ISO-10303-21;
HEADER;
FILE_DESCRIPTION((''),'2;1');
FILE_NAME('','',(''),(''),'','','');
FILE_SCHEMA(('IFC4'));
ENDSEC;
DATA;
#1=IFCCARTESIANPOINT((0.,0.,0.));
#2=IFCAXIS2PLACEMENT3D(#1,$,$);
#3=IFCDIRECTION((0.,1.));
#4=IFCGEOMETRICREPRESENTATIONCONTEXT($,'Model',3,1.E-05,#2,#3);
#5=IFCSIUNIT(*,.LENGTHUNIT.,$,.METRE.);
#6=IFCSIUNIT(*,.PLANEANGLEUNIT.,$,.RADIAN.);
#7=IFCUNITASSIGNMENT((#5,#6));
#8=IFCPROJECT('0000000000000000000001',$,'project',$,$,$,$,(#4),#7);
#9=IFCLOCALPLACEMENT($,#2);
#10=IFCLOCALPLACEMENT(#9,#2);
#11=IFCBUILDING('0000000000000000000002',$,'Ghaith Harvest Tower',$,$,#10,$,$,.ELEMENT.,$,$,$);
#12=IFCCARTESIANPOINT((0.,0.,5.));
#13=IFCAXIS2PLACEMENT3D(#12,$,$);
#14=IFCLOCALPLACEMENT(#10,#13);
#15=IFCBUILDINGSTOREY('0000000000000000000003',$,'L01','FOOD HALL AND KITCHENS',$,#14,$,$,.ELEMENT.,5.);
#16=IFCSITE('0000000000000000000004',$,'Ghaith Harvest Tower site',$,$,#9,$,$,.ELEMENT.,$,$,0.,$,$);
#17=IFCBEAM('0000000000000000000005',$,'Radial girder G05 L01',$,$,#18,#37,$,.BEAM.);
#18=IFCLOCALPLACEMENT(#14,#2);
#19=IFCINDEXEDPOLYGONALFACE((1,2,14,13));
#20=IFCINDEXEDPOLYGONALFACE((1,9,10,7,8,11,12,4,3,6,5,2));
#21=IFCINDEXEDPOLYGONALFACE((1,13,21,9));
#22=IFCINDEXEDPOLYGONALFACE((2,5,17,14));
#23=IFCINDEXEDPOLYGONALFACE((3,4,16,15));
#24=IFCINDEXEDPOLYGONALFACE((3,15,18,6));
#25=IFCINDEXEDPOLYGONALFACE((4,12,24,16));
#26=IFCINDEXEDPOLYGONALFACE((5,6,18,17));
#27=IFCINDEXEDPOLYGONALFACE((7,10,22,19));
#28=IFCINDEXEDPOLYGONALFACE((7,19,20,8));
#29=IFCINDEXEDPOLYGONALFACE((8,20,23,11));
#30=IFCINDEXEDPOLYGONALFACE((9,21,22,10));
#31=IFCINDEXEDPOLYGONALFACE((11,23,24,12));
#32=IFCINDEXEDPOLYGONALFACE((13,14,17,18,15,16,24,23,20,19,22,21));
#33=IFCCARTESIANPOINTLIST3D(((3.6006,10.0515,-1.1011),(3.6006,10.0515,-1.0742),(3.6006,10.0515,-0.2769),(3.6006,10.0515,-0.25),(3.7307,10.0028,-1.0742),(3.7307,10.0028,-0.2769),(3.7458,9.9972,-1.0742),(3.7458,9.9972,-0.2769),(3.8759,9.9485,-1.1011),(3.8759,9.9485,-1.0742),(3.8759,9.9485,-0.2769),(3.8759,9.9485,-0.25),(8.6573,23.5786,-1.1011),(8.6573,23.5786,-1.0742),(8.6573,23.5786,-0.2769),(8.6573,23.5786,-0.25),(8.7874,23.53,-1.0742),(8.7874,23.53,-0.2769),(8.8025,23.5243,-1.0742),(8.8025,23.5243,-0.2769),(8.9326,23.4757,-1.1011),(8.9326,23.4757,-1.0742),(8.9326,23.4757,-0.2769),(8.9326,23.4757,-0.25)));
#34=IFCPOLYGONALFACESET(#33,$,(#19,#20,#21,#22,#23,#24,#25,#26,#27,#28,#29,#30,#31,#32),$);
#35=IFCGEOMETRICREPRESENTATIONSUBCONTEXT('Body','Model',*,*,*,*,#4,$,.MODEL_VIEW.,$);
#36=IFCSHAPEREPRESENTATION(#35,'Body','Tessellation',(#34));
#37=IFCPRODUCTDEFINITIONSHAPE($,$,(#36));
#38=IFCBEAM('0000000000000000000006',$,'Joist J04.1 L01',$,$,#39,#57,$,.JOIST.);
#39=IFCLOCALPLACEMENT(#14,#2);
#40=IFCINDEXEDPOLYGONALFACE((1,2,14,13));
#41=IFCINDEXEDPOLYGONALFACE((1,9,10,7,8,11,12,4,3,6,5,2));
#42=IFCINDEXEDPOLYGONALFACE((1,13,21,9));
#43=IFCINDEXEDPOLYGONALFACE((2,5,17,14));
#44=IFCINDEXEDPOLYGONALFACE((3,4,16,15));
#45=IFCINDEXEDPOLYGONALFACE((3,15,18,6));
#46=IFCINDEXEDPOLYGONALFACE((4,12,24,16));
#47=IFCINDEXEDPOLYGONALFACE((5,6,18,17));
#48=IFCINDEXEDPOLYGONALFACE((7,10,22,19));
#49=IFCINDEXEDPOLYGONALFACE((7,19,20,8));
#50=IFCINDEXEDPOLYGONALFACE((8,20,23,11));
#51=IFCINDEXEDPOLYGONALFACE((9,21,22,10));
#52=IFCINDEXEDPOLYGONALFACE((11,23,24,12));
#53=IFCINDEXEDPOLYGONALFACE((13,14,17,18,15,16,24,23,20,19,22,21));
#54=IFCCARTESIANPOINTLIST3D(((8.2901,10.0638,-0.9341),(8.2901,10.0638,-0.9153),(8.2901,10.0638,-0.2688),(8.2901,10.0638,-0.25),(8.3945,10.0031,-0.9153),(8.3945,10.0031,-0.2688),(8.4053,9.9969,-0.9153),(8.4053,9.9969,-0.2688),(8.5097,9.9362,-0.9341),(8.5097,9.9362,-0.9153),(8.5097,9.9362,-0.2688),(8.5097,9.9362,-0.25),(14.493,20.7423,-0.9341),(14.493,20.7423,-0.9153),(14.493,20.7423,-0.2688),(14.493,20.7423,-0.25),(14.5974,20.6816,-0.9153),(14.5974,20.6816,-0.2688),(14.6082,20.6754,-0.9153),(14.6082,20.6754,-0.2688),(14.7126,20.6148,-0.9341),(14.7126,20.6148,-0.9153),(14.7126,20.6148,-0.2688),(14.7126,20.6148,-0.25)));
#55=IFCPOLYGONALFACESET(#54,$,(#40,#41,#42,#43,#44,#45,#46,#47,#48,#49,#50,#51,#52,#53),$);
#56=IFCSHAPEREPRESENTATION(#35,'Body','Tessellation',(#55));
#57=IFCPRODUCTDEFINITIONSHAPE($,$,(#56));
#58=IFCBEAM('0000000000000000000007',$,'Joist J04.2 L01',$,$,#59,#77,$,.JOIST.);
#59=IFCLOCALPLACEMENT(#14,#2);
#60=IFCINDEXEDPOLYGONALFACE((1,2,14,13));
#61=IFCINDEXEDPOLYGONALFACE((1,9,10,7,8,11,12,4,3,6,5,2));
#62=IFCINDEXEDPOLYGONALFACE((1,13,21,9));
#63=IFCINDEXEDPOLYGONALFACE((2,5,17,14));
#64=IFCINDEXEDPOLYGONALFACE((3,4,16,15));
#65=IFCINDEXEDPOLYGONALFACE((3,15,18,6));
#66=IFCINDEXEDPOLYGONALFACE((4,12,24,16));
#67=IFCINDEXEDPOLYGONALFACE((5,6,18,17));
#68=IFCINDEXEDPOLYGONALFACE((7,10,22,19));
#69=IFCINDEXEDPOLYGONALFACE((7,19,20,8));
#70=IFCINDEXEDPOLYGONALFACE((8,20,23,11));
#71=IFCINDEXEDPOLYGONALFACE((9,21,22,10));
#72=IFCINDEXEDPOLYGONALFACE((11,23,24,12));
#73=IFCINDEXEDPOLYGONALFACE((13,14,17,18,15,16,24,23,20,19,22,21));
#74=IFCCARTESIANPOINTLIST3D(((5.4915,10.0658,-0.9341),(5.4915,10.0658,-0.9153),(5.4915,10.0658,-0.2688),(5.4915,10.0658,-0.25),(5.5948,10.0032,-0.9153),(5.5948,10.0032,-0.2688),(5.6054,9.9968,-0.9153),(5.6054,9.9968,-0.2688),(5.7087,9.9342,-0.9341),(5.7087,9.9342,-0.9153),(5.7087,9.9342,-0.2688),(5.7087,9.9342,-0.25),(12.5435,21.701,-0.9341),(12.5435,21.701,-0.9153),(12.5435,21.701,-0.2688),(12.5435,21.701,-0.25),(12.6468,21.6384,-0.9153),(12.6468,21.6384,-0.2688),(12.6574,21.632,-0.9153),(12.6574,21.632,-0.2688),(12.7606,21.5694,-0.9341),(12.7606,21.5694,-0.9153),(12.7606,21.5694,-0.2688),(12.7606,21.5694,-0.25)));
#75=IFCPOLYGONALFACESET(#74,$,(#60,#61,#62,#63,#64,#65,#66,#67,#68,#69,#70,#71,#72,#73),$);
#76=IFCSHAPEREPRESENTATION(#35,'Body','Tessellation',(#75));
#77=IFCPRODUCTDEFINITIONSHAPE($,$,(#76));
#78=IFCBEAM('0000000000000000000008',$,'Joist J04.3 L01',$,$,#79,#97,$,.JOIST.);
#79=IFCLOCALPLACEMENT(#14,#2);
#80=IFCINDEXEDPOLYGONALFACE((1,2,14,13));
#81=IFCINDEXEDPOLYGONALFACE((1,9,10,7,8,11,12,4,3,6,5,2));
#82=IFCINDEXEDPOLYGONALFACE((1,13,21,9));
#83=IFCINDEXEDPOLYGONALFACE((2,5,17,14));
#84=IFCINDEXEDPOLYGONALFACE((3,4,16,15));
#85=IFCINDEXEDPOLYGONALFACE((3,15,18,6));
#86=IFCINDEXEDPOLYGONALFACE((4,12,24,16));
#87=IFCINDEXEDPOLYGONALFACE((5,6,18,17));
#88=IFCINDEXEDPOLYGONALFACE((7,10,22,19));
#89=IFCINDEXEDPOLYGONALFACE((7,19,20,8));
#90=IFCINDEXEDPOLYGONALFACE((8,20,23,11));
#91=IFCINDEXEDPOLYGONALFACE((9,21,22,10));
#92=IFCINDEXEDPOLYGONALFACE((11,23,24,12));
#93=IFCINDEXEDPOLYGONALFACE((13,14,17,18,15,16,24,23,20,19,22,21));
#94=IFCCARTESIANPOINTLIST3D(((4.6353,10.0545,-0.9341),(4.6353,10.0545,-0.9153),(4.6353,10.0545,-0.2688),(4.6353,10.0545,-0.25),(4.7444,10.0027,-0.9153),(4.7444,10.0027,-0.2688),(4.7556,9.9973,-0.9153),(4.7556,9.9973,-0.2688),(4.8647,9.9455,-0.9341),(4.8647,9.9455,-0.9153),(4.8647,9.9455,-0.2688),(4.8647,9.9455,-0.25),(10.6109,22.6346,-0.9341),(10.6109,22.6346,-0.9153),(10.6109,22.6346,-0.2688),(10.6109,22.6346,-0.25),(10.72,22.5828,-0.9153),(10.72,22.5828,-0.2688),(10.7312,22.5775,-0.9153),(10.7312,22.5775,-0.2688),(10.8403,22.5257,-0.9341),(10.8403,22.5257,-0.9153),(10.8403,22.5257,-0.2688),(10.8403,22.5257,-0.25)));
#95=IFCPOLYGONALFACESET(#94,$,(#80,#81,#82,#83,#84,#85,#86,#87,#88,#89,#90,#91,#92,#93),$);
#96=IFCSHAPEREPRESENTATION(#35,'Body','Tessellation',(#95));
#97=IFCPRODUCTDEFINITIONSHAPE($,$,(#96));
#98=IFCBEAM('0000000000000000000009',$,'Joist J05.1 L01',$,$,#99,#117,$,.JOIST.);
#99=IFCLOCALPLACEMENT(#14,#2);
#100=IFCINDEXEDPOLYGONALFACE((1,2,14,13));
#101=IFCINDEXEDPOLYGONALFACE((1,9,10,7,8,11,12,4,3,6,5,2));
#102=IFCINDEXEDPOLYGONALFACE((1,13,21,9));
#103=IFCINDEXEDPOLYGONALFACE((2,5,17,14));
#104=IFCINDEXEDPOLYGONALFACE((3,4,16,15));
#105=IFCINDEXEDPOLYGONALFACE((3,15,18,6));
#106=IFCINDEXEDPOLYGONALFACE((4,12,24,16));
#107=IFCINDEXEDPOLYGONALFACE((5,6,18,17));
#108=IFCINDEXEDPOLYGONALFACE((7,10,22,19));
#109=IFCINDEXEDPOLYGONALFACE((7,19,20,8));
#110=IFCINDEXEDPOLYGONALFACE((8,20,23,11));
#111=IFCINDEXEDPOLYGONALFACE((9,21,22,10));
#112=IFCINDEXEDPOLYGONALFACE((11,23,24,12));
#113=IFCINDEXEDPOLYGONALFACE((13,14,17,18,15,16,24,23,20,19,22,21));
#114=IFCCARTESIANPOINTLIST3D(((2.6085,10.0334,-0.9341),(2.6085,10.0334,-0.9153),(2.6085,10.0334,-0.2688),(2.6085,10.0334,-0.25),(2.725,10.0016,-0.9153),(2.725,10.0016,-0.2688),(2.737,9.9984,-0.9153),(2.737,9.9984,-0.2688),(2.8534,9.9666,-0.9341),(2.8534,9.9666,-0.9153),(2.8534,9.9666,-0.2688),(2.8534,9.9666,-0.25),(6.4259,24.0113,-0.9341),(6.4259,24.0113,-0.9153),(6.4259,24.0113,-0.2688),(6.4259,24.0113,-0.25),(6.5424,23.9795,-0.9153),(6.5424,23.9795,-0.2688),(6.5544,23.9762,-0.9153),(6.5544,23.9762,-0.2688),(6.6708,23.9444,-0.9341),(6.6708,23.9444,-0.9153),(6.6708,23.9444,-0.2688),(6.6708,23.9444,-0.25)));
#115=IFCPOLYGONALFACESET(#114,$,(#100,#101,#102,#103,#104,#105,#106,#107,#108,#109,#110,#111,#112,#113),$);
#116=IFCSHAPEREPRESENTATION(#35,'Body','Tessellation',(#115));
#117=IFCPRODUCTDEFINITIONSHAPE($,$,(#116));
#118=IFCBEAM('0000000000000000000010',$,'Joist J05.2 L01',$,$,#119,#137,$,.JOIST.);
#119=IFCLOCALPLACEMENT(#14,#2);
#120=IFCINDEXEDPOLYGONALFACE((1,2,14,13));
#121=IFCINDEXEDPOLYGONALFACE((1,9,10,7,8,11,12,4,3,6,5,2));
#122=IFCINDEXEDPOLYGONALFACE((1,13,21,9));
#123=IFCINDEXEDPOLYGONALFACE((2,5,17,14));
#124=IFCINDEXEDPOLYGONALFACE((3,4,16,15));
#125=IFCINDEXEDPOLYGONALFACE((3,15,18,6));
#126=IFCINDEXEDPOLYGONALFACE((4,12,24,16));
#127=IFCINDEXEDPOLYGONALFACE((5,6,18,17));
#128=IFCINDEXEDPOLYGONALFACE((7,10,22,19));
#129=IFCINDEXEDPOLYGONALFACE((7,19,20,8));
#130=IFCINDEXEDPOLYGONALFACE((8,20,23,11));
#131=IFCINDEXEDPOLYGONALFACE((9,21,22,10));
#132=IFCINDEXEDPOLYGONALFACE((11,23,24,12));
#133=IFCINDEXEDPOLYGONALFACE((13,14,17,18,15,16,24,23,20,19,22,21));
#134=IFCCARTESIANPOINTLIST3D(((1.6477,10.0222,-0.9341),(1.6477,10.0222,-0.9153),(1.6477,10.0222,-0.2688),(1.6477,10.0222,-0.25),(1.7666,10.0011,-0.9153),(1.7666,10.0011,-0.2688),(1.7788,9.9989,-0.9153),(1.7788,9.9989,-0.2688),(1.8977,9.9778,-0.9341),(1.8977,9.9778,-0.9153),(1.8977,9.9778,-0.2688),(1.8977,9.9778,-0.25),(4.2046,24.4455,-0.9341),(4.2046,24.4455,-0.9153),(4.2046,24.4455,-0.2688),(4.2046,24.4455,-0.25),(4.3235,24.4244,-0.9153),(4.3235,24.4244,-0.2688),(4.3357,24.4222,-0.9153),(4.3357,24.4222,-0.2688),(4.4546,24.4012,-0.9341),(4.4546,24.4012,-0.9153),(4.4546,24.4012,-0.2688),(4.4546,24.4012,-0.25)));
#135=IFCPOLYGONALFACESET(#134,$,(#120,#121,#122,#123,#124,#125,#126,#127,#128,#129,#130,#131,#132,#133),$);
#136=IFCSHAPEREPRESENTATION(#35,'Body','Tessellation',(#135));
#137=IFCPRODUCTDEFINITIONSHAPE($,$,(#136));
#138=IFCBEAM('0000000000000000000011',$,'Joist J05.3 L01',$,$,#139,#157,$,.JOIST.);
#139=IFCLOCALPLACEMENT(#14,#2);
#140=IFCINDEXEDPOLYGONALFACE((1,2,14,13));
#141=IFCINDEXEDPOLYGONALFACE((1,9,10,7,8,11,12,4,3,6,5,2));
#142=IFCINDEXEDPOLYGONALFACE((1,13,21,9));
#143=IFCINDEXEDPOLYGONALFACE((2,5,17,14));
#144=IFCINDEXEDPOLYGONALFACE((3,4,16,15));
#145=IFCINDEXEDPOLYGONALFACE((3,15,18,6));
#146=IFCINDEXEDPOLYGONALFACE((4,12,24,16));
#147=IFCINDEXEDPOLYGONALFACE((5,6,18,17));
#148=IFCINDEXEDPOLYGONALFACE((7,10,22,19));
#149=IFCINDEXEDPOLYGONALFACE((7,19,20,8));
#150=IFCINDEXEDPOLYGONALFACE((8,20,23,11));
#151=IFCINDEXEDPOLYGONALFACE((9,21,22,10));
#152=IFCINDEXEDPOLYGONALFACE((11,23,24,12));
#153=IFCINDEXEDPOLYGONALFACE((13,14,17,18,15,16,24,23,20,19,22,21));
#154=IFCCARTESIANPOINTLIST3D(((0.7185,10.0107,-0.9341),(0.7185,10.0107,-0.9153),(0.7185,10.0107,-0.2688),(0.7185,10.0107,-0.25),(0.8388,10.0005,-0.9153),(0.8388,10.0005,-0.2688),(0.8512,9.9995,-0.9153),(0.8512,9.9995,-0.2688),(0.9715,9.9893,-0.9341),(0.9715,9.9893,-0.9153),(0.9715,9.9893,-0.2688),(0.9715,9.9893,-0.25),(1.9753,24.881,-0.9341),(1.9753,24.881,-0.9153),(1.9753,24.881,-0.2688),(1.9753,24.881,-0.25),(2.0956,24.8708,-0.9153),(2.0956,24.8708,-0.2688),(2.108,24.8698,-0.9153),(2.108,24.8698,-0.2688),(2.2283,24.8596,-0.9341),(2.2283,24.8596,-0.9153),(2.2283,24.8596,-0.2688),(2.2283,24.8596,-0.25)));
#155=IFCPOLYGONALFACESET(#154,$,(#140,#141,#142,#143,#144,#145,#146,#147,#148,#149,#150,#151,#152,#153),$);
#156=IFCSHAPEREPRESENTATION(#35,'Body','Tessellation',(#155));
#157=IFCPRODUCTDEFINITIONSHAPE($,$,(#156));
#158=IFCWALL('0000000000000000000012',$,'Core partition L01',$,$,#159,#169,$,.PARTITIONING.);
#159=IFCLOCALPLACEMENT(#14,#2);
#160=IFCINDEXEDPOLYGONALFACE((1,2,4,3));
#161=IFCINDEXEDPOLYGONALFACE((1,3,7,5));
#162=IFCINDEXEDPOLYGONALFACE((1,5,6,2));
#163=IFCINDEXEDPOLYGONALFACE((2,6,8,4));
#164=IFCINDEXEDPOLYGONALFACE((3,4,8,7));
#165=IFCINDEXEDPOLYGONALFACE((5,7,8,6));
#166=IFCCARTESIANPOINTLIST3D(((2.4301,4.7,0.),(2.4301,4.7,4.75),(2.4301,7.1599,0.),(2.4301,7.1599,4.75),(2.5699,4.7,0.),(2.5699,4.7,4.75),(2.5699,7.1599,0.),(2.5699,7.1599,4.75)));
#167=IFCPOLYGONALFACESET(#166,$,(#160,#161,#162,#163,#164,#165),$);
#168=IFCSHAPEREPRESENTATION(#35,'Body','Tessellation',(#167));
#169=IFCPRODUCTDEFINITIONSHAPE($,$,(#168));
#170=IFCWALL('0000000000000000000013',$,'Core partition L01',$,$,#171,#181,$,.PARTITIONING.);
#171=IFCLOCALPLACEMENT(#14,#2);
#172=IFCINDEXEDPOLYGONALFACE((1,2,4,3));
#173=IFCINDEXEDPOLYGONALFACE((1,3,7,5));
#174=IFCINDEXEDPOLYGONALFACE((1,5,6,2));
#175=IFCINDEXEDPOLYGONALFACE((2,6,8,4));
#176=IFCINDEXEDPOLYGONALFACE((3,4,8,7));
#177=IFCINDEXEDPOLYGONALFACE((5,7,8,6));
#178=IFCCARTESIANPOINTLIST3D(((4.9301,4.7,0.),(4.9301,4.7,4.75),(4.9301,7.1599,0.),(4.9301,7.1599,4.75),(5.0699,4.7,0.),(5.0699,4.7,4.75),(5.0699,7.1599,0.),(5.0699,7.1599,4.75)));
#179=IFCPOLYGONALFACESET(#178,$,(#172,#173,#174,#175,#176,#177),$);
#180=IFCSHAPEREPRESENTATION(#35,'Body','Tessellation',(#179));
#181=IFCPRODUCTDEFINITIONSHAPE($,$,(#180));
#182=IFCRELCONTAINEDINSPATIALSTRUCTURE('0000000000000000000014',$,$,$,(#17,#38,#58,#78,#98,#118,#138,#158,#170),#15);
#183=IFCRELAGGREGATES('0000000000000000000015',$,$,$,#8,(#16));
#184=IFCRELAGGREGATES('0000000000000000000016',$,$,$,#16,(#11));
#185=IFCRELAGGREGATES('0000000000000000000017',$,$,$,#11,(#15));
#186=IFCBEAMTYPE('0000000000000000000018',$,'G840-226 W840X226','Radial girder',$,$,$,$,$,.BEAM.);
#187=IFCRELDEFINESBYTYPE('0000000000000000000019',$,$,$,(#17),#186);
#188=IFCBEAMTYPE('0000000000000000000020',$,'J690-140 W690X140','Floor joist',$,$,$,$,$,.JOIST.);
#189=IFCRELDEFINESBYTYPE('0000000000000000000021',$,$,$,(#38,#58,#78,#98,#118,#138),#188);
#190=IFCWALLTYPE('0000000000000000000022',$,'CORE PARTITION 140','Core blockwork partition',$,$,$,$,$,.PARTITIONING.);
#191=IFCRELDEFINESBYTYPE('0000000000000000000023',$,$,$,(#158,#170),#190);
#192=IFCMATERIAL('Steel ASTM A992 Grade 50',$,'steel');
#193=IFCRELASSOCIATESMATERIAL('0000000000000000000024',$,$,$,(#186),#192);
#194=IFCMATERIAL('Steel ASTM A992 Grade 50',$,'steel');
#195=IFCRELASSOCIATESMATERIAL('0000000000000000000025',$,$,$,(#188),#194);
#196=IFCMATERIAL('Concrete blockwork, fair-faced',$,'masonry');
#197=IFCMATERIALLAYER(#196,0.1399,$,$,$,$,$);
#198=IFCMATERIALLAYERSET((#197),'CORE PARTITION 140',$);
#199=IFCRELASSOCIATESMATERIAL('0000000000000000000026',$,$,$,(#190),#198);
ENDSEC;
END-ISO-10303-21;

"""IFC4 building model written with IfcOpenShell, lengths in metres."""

from ifc_helpers import new_model, si_unit, direction, frame, frame_2d, origin, origin_2d, place, context, subcontext, project, spatial, rectangle, i_section, extrude, material, layer, layer_set, material_profile, profile_set, type_object, element, save


model = new_model("IFC4")

# Units and contexts
model_context = context("Model", 3, precision=1e-05, world=origin(), true_north=direction((0.0, 1.0)))
body_context = subcontext(model_context, "Body", "Model", "MODEL_VIEW")
ifc_project = project(units=[si_unit("LENGTHUNIT", "METRE"), si_unit("PLANEANGLEUNIT", "RADIAN")], contexts=[model_context])

# Site, building, storey
site_placement = place(None, origin())
site = spatial("IfcSite", under=ifc_project, at=site_placement, Name="Ghaith Harvest Tower site", CompositionType="ELEMENT", RefElevation=0.0)
building_placement = place(site_placement, origin())
building = spatial("IfcBuilding", under=site, at=building_placement, Name="Ghaith Harvest Tower", CompositionType="ELEMENT")
storey_placement = place(building_placement, frame((0.0, 0.0, 5.0)))
storey = spatial("IfcBuildingStorey", under=building, at=storey_placement, Name="L01", Description="FOOD HALL AND KITCHENS", CompositionType="ELEMENT", Elevation=5.0)

# Beams
ifc_material_1 = material(Name="Steel ASTM A992 Grade 50", Category="steel")
ifc_material_profile_1 = material_profile(ifc_material_1, i_section(OverallWidth=0.2939, OverallDepth=0.8511, WebThickness=0.0161, FlangeThickness=0.0269, at=origin_2d()), Name="W840X226")
ifc_profile_set_1 = profile_set([ifc_material_profile_1], Name="Steel ASTM A992 Grade 50")
beam_type_1 = type_object("IfcBeamType", Name="G840-226 W840X226", Description="Radial girder", PredefinedType="BEAM", material=ifc_profile_set_1)
beam_1_placement = place(storey_placement, frame((3.7383, 10.0, -0.6755), z_axis=(0.350151, 0.936693, 0.0), x_axis=(-0.936693, 0.350151, 0.0)))
element("IfcBeam", 1, at=beam_1_placement, inside=storey, type_object=beam_type_1, Name="Radial girder G05 L01", PredefinedType="BEAM", context=body_context, shape_type="SweptSolid", body=[
    extrude(i_section(OverallWidth=0.2939, OverallDepth=0.8511, WebThickness=0.0161, FlangeThickness=0.0269, at=origin_2d()), origin(), (0.0, 0.0, 1.0), 14.4414),
])
ifc_material_2 = material(Name="Steel ASTM A992 Grade 50", Category="steel")
ifc_material_profile_2 = material_profile(ifc_material_2, i_section(OverallWidth=0.2539, OverallDepth=0.6841, WebThickness=0.0125, FlangeThickness=0.0188, at=origin_2d()), Name="W690X140")
ifc_profile_set_2 = profile_set([ifc_material_profile_2], Name="Steel ASTM A992 Grade 50")
beam_type_2 = type_object("IfcBeamType", Name="J690-140 W690X140", Description="Floor joist", PredefinedType="JOIST", material=ifc_profile_set_2)
beam_2_placement = place(storey_placement, frame((8.3999, 10.0, -0.592), z_axis=(0.502286, 0.864702, 0.0), x_axis=(-0.864702, 0.502286, 0.0)))
element("IfcBeam", 2, at=beam_2_placement, inside=storey, type_object=beam_type_2, Name="Joist J04.1 L01", PredefinedType="JOIST", context=body_context, shape_type="SweptSolid", body=[
    extrude(i_section(OverallWidth=0.2539, OverallDepth=0.6841, WebThickness=0.0125, FlangeThickness=0.0188, at=origin_2d()), origin(), (0.0, 0.0, 1.0), 12.3494),
])
beam_3_placement = place(storey_placement, frame((5.6001, 10.0, -0.592), z_axis=(0.51832, 0.855187, 0.0), x_axis=(-0.855187, 0.51832, 0.0)))
element("IfcBeam", 3, at=beam_3_placement, inside=storey, type_object=beam_type_2, Name="Joist J04.2 L01", PredefinedType="JOIST", context=body_context, shape_type="SweptSolid", body=[
    extrude(i_section(OverallWidth=0.2539, OverallDepth=0.6841, WebThickness=0.0125, FlangeThickness=0.0188, at=origin_2d()), origin(), (0.0, 0.0, 1.0), 13.6055),
])
beam_4_placement = place(storey_placement, frame((4.75, 10.0, -0.592), z_axis=(0.42906, 0.903276, 0.0), x_axis=(-0.903276, 0.42906, 0.0)))
element("IfcBeam", 4, at=beam_4_placement, inside=storey, type_object=beam_type_2, Name="Joist J04.3 L01", PredefinedType="JOIST", context=body_context, shape_type="SweptSolid", body=[
    extrude(i_section(OverallWidth=0.2539, OverallDepth=0.6841, WebThickness=0.0125, FlangeThickness=0.0188, at=origin_2d()), origin(), (0.0, 0.0, 1.0), 13.9272),
])
beam_5_placement = place(storey_placement, frame((2.731, 10.0, -0.592), z_axis=(0.263455, 0.964672, 0.0), x_axis=(-0.964672, 0.263455, 0.0)))
element("IfcBeam", 5, at=beam_5_placement, inside=storey, type_object=beam_type_2, Name="Joist J05.1 L01", PredefinedType="JOIST", context=body_context, shape_type="SweptSolid", body=[
    extrude(i_section(OverallWidth=0.2539, OverallDepth=0.6841, WebThickness=0.0125, FlangeThickness=0.0188, at=origin_2d()), origin(), (0.0, 0.0, 1.0), 14.4897),
])
beam_6_placement = place(storey_placement, frame((1.7727, 10.0, -0.592), z_axis=(0.174553, 0.984648, 0.0), x_axis=(-0.984648, 0.174553, 0.0)))
element("IfcBeam", 6, at=beam_6_placement, inside=storey, type_object=beam_type_2, Name="Joist J05.2 L01", PredefinedType="JOIST", context=body_context, shape_type="SweptSolid", body=[
    extrude(i_section(OverallWidth=0.2539, OverallDepth=0.6841, WebThickness=0.0125, FlangeThickness=0.0188, at=origin_2d()), origin(), (0.0, 0.0, 1.0), 14.6482),
])
beam_7_placement = place(storey_placement, frame((0.845, 10.0, -0.592), z_axis=(0.084219, 0.996447, 0.0), x_axis=(-0.996447, 0.084219, 0.0)))
element("IfcBeam", 7, at=beam_7_placement, inside=storey, type_object=beam_type_2, Name="Joist J05.3 L01", PredefinedType="JOIST", context=body_context, shape_type="SweptSolid", body=[
    extrude(i_section(OverallWidth=0.2539, OverallDepth=0.6841, WebThickness=0.0125, FlangeThickness=0.0188, at=origin_2d()), origin(), (0.0, 0.0, 1.0), 14.9233),
])

# Walls
ifc_material_3 = material(Name="Concrete blockwork, fair-faced", Category="masonry")
ifc_layer_1 = layer(ifc_material_3, 0.1399)
ifc_layer_set_1 = layer_set([ifc_layer_1], Name="CORE PARTITION 140")
wall_type_1 = type_object("IfcWallType", Name="CORE PARTITION 140", Description="Core blockwork partition", PredefinedType="PARTITIONING", material=ifc_layer_set_1)
for number, where, z_axis, x_axis, name in (
    (8, (2.5, 4.7, 0.0), (0.0, 0.0, 1.0), (0.0, 1.0, 0.0), "Core partition L01"),
    (9, (5.0, 4.7, 0.0), (0.0, 0.0, 1.0), (0.0, 1.0, 0.0), "Core partition L01"),
):
    element("IfcWall", number, at=place(storey_placement, frame(where, z_axis=z_axis, x_axis=x_axis)), inside=storey, type_object=wall_type_1, Name=name, PredefinedType="PARTITIONING", context=body_context, shape_type="SweptSolid", body=[
        extrude(rectangle(XDim=2.46, YDim=0.1399, at=frame_2d((1.23, 0.0))), origin(), (0.0, 0.0, 1.0), 4.75),
    ])

save(model, "model.ifc")
